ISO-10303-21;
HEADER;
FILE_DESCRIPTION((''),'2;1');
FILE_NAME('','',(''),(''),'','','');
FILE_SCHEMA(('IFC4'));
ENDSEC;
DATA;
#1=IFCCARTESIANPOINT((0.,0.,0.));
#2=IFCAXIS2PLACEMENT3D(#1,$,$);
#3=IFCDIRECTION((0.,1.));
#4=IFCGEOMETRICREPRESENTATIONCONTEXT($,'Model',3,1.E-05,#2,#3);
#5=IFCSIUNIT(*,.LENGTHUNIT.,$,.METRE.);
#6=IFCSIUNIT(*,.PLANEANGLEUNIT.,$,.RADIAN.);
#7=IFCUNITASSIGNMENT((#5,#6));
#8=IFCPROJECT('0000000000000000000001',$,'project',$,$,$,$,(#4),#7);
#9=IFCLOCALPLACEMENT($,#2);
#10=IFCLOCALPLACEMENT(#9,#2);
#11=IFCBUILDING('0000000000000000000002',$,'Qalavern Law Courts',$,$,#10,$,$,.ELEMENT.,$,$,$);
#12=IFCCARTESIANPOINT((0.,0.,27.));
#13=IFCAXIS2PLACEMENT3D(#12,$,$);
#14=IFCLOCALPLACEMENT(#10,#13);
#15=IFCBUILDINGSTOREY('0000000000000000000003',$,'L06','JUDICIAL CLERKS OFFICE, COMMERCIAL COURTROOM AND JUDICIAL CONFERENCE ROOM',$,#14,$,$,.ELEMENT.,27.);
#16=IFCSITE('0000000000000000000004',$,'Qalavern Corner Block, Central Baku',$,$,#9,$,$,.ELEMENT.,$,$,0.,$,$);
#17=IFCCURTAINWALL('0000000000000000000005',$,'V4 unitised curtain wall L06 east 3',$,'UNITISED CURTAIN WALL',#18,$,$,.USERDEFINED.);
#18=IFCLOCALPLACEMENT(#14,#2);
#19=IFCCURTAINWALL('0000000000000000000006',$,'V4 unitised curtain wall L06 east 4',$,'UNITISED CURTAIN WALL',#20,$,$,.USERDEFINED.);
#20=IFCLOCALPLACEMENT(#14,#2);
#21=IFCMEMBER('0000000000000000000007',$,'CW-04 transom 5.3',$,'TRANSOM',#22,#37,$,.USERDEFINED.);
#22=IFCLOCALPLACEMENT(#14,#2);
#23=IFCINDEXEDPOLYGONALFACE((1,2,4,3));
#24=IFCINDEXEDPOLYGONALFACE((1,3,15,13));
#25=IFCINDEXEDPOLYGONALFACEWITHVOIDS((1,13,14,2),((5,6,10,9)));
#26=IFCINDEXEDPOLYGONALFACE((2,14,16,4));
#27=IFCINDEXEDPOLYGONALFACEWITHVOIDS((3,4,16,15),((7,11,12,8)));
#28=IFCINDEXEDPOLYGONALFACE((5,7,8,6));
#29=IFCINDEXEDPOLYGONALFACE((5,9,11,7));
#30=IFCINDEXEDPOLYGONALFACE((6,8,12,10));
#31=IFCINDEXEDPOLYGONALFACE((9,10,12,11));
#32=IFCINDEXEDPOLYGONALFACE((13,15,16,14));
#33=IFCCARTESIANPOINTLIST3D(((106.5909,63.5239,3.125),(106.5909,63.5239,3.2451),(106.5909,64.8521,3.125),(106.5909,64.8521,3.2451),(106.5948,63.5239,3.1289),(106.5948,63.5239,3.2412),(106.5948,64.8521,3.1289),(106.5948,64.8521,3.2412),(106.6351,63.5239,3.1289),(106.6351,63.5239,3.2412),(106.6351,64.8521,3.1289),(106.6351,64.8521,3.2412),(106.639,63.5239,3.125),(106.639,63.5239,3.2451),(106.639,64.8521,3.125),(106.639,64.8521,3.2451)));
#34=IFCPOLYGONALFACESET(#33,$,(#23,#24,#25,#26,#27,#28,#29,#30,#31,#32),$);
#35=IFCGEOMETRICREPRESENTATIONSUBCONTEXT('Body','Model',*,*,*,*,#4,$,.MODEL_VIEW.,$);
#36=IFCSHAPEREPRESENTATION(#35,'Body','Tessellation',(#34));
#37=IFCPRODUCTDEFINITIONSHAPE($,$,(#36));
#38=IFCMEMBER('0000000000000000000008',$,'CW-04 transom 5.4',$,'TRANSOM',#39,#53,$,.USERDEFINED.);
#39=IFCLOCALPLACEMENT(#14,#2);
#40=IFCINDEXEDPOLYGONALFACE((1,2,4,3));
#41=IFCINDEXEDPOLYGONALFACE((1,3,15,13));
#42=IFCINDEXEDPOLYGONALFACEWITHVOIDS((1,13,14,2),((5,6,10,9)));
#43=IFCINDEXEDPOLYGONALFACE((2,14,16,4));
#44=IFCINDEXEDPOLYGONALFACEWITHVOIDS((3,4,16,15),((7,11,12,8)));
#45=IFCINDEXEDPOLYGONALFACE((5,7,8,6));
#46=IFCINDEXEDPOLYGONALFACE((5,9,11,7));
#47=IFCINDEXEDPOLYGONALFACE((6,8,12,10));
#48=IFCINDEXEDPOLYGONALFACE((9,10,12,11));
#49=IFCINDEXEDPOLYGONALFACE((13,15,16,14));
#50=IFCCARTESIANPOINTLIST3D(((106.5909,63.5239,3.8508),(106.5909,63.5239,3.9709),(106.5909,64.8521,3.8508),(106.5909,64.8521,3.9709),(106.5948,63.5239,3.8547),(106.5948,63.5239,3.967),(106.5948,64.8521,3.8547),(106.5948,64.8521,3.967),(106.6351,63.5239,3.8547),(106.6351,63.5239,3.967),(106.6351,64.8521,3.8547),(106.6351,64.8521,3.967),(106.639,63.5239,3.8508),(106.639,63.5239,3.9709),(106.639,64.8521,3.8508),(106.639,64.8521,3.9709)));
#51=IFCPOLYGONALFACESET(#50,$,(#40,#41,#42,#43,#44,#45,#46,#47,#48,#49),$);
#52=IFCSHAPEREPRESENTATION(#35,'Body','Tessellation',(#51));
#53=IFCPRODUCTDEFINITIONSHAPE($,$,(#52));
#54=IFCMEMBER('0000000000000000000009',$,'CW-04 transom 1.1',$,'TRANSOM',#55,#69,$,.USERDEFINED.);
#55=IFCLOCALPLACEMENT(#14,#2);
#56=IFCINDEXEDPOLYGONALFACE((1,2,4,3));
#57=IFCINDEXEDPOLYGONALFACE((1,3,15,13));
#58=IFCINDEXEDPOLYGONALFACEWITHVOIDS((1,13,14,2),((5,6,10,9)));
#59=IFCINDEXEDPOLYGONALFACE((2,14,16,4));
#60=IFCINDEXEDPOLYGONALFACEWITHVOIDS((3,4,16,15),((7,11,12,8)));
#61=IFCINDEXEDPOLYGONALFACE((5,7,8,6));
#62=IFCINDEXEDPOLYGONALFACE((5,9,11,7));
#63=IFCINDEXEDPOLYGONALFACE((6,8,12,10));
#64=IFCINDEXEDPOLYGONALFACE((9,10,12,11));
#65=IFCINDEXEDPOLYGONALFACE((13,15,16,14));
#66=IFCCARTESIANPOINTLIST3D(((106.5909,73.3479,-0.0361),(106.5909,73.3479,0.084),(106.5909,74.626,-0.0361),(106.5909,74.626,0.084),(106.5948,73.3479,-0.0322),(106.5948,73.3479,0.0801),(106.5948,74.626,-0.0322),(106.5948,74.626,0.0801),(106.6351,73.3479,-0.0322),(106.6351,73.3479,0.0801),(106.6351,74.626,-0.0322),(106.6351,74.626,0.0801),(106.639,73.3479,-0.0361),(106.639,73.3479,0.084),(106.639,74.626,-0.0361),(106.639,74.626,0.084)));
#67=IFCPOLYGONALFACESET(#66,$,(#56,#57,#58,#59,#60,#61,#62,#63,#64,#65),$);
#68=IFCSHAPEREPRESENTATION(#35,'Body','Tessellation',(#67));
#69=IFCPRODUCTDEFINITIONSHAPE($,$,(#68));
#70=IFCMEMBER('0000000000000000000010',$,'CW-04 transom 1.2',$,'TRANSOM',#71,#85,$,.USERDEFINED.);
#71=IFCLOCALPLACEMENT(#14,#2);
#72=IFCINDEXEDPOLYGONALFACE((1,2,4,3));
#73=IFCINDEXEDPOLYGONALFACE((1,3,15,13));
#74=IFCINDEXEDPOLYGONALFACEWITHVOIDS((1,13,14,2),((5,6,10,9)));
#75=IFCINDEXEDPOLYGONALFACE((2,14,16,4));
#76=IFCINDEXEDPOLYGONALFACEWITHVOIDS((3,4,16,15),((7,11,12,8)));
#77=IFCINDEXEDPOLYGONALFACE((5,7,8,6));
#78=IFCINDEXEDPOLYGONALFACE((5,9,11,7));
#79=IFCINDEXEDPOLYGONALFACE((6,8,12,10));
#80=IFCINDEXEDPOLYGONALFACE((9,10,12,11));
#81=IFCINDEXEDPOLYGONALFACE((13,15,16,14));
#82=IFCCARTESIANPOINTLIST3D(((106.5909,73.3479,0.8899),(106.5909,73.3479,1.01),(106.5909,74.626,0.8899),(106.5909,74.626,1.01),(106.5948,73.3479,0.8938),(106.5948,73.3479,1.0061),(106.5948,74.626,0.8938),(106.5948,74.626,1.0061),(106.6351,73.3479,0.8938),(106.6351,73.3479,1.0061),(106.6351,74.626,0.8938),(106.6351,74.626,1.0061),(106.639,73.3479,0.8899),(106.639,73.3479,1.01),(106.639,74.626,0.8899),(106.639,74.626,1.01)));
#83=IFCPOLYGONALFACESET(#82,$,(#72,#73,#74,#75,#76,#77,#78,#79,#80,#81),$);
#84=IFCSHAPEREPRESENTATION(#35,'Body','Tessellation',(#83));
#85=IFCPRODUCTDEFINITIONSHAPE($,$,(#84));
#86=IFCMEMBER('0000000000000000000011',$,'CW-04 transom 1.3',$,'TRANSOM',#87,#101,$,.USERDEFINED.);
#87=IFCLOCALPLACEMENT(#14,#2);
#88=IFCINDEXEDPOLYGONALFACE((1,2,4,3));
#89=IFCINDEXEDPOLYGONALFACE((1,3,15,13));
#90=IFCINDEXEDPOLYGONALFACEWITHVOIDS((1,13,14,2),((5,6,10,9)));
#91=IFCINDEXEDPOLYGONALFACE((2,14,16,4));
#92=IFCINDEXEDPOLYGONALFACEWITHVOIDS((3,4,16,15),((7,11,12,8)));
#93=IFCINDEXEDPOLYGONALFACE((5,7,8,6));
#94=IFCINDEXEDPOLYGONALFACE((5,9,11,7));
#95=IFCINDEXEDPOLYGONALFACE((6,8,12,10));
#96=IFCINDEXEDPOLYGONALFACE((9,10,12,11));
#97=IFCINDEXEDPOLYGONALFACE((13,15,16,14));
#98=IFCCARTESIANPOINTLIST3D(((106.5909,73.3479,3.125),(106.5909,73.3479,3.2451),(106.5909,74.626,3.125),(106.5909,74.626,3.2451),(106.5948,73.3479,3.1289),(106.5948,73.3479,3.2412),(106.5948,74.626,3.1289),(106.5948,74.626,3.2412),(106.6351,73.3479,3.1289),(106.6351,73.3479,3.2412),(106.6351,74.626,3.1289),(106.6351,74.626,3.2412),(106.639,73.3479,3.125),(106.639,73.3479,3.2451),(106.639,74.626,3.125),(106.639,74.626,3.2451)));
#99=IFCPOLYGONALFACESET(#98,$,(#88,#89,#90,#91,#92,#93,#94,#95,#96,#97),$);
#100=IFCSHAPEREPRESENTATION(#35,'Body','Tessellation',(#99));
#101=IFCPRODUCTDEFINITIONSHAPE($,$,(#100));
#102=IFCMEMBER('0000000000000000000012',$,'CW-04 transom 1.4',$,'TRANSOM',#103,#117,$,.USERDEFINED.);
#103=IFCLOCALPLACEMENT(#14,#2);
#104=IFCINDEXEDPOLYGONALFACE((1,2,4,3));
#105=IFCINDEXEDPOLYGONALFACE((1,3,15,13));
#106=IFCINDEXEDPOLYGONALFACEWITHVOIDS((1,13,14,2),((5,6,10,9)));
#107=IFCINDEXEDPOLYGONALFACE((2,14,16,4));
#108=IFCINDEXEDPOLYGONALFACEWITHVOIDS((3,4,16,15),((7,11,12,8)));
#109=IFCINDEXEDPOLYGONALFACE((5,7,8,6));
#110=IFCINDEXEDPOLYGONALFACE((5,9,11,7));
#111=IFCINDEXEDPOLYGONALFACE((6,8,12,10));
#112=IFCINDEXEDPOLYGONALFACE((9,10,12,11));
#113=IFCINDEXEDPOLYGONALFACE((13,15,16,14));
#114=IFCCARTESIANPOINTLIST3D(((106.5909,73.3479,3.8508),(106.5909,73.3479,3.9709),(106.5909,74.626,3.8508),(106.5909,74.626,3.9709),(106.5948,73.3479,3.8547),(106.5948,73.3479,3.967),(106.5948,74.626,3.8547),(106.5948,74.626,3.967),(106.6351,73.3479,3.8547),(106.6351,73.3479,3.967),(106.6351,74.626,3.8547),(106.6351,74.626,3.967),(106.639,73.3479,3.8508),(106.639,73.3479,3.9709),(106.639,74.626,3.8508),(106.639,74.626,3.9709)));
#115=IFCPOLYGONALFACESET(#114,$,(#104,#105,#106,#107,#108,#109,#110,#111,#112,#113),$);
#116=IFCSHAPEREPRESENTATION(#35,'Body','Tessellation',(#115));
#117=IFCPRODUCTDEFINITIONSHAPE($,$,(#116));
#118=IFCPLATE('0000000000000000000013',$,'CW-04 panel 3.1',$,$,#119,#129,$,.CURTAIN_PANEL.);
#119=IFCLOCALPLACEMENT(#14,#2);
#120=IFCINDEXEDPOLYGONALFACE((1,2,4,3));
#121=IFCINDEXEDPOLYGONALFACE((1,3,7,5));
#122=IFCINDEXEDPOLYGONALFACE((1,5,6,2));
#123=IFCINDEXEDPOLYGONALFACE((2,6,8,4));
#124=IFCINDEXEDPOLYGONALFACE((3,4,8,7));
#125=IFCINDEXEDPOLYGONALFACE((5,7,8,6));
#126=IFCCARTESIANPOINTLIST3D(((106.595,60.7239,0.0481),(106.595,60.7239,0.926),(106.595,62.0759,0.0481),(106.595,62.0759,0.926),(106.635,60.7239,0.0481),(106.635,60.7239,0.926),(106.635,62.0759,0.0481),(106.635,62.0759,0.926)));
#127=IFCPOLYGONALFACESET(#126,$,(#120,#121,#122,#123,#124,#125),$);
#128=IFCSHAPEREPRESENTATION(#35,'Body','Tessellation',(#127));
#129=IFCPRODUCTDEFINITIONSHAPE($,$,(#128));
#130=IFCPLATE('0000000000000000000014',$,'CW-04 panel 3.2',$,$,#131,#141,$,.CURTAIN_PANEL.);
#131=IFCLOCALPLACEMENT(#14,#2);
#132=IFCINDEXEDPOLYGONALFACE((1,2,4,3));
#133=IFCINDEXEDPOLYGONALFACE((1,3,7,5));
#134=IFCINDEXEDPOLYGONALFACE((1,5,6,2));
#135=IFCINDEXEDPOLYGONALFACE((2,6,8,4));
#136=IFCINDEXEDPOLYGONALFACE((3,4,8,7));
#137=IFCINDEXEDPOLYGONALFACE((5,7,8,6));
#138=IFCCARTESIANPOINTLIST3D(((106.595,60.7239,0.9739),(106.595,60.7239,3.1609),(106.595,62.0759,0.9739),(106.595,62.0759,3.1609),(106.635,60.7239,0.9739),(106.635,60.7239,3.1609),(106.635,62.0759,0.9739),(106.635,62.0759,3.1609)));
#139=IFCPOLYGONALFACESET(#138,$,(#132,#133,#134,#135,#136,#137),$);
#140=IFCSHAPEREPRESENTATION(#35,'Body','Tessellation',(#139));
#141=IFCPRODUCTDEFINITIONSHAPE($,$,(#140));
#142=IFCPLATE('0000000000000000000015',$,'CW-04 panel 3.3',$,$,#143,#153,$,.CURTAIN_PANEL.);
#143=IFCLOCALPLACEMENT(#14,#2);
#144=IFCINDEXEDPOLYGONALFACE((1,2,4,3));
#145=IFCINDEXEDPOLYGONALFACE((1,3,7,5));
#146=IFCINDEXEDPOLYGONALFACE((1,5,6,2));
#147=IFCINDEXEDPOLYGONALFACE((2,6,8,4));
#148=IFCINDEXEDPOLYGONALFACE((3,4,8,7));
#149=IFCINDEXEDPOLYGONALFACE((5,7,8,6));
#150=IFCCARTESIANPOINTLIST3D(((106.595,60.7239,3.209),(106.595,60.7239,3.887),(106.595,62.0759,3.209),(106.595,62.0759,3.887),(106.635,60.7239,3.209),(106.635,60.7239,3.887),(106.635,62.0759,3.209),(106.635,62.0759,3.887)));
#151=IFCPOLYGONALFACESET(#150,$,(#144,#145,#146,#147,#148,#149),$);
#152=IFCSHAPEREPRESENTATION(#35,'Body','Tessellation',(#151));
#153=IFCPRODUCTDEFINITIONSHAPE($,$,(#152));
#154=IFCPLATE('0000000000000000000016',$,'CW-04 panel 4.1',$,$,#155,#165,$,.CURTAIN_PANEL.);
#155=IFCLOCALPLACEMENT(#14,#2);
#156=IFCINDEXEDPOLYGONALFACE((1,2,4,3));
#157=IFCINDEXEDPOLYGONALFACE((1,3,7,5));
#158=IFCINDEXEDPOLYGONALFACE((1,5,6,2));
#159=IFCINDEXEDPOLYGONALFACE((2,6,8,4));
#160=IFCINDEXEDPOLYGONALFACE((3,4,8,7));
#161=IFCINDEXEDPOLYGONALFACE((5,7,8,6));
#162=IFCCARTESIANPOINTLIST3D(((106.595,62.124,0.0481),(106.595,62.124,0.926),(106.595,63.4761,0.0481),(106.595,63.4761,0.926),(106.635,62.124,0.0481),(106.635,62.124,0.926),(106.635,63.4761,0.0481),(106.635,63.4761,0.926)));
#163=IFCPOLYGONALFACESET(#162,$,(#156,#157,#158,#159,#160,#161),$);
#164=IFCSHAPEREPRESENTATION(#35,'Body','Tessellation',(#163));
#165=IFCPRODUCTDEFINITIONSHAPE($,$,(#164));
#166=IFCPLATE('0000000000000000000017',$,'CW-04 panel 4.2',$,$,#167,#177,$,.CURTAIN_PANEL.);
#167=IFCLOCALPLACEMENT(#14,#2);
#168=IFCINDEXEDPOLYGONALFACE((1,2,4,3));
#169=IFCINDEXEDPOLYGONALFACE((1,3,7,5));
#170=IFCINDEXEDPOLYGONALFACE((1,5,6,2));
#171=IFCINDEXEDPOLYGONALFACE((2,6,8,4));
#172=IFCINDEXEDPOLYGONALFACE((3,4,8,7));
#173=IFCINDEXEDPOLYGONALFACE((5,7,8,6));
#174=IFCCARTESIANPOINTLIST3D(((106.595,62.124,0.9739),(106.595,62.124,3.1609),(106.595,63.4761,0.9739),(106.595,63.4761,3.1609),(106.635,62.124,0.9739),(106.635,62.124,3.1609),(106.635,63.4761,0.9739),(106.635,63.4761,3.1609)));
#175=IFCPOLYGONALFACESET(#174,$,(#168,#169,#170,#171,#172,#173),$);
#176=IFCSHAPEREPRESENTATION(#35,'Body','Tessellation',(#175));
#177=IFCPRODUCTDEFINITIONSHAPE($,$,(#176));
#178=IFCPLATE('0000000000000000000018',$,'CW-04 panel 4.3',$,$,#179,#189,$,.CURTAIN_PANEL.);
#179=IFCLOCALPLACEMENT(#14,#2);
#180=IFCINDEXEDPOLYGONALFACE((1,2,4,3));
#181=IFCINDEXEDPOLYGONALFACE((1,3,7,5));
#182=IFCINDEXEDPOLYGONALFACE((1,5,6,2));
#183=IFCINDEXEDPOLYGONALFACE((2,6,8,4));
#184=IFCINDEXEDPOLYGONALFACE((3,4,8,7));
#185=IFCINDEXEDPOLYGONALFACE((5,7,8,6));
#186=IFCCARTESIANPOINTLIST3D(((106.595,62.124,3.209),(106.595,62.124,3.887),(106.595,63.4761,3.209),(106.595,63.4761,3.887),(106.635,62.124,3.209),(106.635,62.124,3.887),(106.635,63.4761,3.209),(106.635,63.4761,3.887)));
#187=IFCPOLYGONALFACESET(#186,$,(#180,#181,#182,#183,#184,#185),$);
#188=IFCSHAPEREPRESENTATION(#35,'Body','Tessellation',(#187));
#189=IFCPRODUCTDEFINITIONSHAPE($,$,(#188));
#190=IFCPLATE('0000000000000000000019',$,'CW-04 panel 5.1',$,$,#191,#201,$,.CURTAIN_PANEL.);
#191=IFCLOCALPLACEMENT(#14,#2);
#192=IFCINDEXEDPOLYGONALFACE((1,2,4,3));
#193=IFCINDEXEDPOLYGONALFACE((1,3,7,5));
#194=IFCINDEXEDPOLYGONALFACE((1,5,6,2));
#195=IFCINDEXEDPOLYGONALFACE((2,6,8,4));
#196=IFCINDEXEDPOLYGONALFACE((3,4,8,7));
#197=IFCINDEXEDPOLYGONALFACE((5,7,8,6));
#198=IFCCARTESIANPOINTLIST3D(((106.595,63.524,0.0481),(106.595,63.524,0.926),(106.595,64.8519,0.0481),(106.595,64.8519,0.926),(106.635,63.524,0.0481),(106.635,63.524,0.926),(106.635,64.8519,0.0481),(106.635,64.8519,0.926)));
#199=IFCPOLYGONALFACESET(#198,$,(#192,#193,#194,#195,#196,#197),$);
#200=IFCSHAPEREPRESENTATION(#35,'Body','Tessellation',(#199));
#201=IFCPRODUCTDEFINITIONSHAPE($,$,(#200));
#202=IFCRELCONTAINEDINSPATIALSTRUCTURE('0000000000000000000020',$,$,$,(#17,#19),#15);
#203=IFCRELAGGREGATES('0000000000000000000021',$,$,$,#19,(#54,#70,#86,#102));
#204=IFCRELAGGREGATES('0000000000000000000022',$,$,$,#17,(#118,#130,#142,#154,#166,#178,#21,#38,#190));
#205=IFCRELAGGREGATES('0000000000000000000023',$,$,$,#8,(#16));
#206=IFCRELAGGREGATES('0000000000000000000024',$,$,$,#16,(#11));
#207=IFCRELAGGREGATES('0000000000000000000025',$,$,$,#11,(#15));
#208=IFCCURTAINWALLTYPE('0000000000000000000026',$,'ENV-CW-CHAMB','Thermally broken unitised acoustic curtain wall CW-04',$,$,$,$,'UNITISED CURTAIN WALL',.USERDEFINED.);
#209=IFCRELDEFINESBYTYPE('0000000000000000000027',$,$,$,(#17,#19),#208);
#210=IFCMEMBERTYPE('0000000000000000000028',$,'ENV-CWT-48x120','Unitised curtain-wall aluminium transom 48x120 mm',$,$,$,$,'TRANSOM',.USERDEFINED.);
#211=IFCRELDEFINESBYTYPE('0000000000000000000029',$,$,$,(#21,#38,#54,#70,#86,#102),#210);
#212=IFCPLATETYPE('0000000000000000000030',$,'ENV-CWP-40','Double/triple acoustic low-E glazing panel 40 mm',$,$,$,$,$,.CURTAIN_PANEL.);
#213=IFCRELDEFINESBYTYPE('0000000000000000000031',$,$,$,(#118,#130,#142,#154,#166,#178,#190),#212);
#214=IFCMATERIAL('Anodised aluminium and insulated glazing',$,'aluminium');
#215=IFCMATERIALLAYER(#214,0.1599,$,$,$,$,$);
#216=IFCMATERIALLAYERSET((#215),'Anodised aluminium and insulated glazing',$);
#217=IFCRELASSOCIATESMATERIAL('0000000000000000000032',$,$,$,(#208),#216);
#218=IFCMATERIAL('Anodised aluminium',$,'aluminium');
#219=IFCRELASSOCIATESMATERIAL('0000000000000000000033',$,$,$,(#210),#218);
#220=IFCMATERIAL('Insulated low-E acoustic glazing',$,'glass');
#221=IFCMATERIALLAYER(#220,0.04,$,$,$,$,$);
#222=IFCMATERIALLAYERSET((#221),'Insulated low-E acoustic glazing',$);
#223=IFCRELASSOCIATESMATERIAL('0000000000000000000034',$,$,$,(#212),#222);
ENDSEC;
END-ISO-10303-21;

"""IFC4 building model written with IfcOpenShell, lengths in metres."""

from ifc_helpers import new_model, si_unit, direction, frame, origin, origin_2d, place, context, subcontext, project, spatial, rectangle, hollow_rectangle, extrude, material, layer, layer_set, material_profile, profile_set, type_object, element, aggregate, save


model = new_model("IFC4")

# Units and contexts
model_context = context("Model", 3, precision=1e-05, world=origin(), true_north=direction((0.0, 1.0)))
body_context = subcontext(model_context, "Body", "Model", "MODEL_VIEW")
ifc_project = project(units=[si_unit("LENGTHUNIT", "METRE"), si_unit("PLANEANGLEUNIT", "RADIAN")], contexts=[model_context])

# Site, building, storey
site_placement = place(None, origin())
site = spatial("IfcSite", under=ifc_project, at=site_placement, Name="Qalavern Corner Block, Central Baku", CompositionType="ELEMENT", RefElevation=0.0)
building_placement = place(site_placement, origin())
building = spatial("IfcBuilding", under=site, at=building_placement, Name="Qalavern Law Courts", CompositionType="ELEMENT")
storey_placement = place(building_placement, frame((0.0, 0.0, 27.0)))
storey = spatial("IfcBuildingStorey", under=building, at=storey_placement, Name="L06", Description="JUDICIAL CLERKS OFFICE, COMMERCIAL COURTROOM AND JUDICIAL CONFERENCE ROOM", CompositionType="ELEMENT", Elevation=27.0)

# Curtain wall
ifc_material_1 = material(Name="Anodised aluminium and insulated glazing", Category="aluminium")
ifc_layer_1 = layer(ifc_material_1, 0.1599)
ifc_layer_set_1 = layer_set([ifc_layer_1], Name="Anodised aluminium and insulated glazing")
curtain_wall_type = type_object("IfcCurtainWallType", Name="ENV-CW-CHAMB", Description="Thermally broken unitised acoustic curtain wall CW-04", ElementType="UNITISED CURTAIN WALL", PredefinedType="USERDEFINED", material=ifc_layer_set_1)
curtain_wall_1_placement = place(storey_placement, origin())
curtain_wall_1 = element("IfcCurtainWall", 1, at=curtain_wall_1_placement, inside=storey, type_object=curtain_wall_type, Name="V4 unitised curtain wall L06 east 3", ObjectType="UNITISED CURTAIN WALL", PredefinedType="USERDEFINED")
ifc_material_2 = material(Name="Anodised aluminium", Category="aluminium")

# Curtain wall
curtain_wall_2_placement = place(storey_placement, origin())
curtain_wall_2 = element("IfcCurtainWall", 2, at=curtain_wall_2_placement, inside=storey, type_object=curtain_wall_type, Name="V4 unitised curtain wall L06 east 4", ObjectType="UNITISED CURTAIN WALL", PredefinedType="USERDEFINED")

# Members
ifc_material_profile_1 = material_profile(ifc_material_2, hollow_rectangle(XDim=0.0481, YDim=0.1201, WallThickness=0.0039, at=origin_2d()), Name="ALU TRANSOM 48x120")
ifc_profile_set_1 = profile_set([ifc_material_profile_1], Name="Anodised aluminium")
member_type_1 = type_object("IfcMemberType", Name="ENV-CWT-48x120", Description="Unitised curtain-wall aluminium transom 48x120 mm", ElementType="TRANSOM", PredefinedType="USERDEFINED", material=ifc_profile_set_1)
member_1_placement = place(storey_placement, frame((106.615, 63.5239, 3.1851), z_axis=(0.0, 1.0, 0.0), x_axis=(-1.0, 0.0, 0.0)))
member_1 = element("IfcMember", 3, at=member_1_placement, type_object=member_type_1, Name="CW-04 transom 5.3", ObjectType="TRANSOM", PredefinedType="USERDEFINED", context=body_context, shape_type="SweptSolid", body=[
    extrude(hollow_rectangle(XDim=0.0481, YDim=0.1201, WallThickness=0.0039, at=origin_2d()), origin(), (0.0, 0.0, 1.0), 1.3281),
])
member_2_placement = place(storey_placement, frame((106.615, 63.5239, 3.9109), z_axis=(0.0, 1.0, 0.0), x_axis=(-1.0, 0.0, 0.0)))
member_2 = element("IfcMember", 4, at=member_2_placement, type_object=member_type_1, Name="CW-04 transom 5.4", ObjectType="TRANSOM", PredefinedType="USERDEFINED", context=body_context, shape_type="SweptSolid", body=[
    extrude(hollow_rectangle(XDim=0.0481, YDim=0.1201, WallThickness=0.0039, at=origin_2d()), origin(), (0.0, 0.0, 1.0), 1.3281),
])
member_3_placement = place(storey_placement, frame((106.615, 73.3479, 0.0239), z_axis=(0.0, 1.0, 0.0), x_axis=(-1.0, 0.0, 0.0)))
member_3 = element("IfcMember", 5, at=member_3_placement, type_object=member_type_1, Name="CW-04 transom 1.1", ObjectType="TRANSOM", PredefinedType="USERDEFINED", context=body_context, shape_type="SweptSolid", body=[
    extrude(hollow_rectangle(XDim=0.0481, YDim=0.1201, WallThickness=0.0039, at=origin_2d()), origin(), (0.0, 0.0, 1.0), 1.2781),
])
member_4_placement = place(storey_placement, frame((106.615, 73.3479, 0.95), z_axis=(0.0, 1.0, 0.0), x_axis=(-1.0, 0.0, 0.0)))
member_4 = element("IfcMember", 6, at=member_4_placement, type_object=member_type_1, Name="CW-04 transom 1.2", ObjectType="TRANSOM", PredefinedType="USERDEFINED", context=body_context, shape_type="SweptSolid", body=[
    extrude(hollow_rectangle(XDim=0.0481, YDim=0.1201, WallThickness=0.0039, at=origin_2d()), origin(), (0.0, 0.0, 1.0), 1.2781),
])
member_5_placement = place(storey_placement, frame((106.615, 73.3479, 3.1851), z_axis=(0.0, 1.0, 0.0), x_axis=(-1.0, 0.0, 0.0)))
member_5 = element("IfcMember", 7, at=member_5_placement, type_object=member_type_1, Name="CW-04 transom 1.3", ObjectType="TRANSOM", PredefinedType="USERDEFINED", context=body_context, shape_type="SweptSolid", body=[
    extrude(hollow_rectangle(XDim=0.0481, YDim=0.1201, WallThickness=0.0039, at=origin_2d()), origin(), (0.0, 0.0, 1.0), 1.2781),
])
member_6_placement = place(storey_placement, frame((106.615, 73.3479, 3.9109), z_axis=(0.0, 1.0, 0.0), x_axis=(-1.0, 0.0, 0.0)))
member_6 = element("IfcMember", 8, at=member_6_placement, type_object=member_type_1, Name="CW-04 transom 1.4", ObjectType="TRANSOM", PredefinedType="USERDEFINED", context=body_context, shape_type="SweptSolid", body=[
    extrude(hollow_rectangle(XDim=0.0481, YDim=0.1201, WallThickness=0.0039, at=origin_2d()), origin(), (0.0, 0.0, 1.0), 1.2781),
])
aggregate(curtain_wall_2, [member_3, member_4, member_5, member_6])

# Plates
ifc_material_3 = material(Name="Insulated low-E acoustic glazing", Category="glass")
ifc_layer_2 = layer(ifc_material_3, 0.04)
ifc_layer_set_2 = layer_set([ifc_layer_2], Name="Insulated low-E acoustic glazing")
plate_type = type_object("IfcPlateType", Name="ENV-CWP-40", Description="Double/triple acoustic low-E glazing panel 40 mm", PredefinedType="CURTAIN_PANEL", material=ifc_layer_set_2)
plate_1_placement = place(storey_placement, frame((106.615, 61.3999, 0.0481), z_axis=(0.0, 0.0, 1.0), x_axis=(0.0, 1.0, 0.0)))
plate_1 = element("IfcPlate", 9, at=plate_1_placement, type_object=plate_type, Name="CW-04 panel 3.1", PredefinedType="CURTAIN_PANEL", context=body_context, shape_type="SweptSolid", body=[
    extrude(rectangle(XDim=1.3521, YDim=0.04, at=origin_2d()), origin(), (0.0, 0.0, 1.0), 0.8779),
])
plate_2_placement = place(storey_placement, frame((106.615, 61.3999, 0.9739), z_axis=(0.0, 0.0, 1.0), x_axis=(0.0, 1.0, 0.0)))
plate_2 = element("IfcPlate", 10, at=plate_2_placement, type_object=plate_type, Name="CW-04 panel 3.2", PredefinedType="CURTAIN_PANEL", context=body_context, shape_type="SweptSolid", body=[
    extrude(rectangle(XDim=1.3521, YDim=0.04, at=origin_2d()), origin(), (0.0, 0.0, 1.0), 2.187),
])
plate_3_placement = place(storey_placement, frame((106.615, 61.3999, 3.209), z_axis=(0.0, 0.0, 1.0), x_axis=(0.0, 1.0, 0.0)))
plate_3 = element("IfcPlate", 11, at=plate_3_placement, type_object=plate_type, Name="CW-04 panel 3.3", PredefinedType="CURTAIN_PANEL", context=body_context, shape_type="SweptSolid", body=[
    extrude(rectangle(XDim=1.3521, YDim=0.04, at=origin_2d()), origin(), (0.0, 0.0, 1.0), 0.678),
])
plate_4_placement = place(storey_placement, frame((106.615, 62.8, 0.0481), z_axis=(0.0, 0.0, 1.0), x_axis=(0.0, 1.0, 0.0)))
plate_4 = element("IfcPlate", 12, at=plate_4_placement, type_object=plate_type, Name="CW-04 panel 4.1", PredefinedType="CURTAIN_PANEL", context=body_context, shape_type="SweptSolid", body=[
    extrude(rectangle(XDim=1.3521, YDim=0.04, at=origin_2d()), origin(), (0.0, 0.0, 1.0), 0.8779),
])
plate_5_placement = place(storey_placement, frame((106.615, 62.8, 0.9739), z_axis=(0.0, 0.0, 1.0), x_axis=(0.0, 1.0, 0.0)))
plate_5 = element("IfcPlate", 13, at=plate_5_placement, type_object=plate_type, Name="CW-04 panel 4.2", PredefinedType="CURTAIN_PANEL", context=body_context, shape_type="SweptSolid", body=[
    extrude(rectangle(XDim=1.3521, YDim=0.04, at=origin_2d()), origin(), (0.0, 0.0, 1.0), 2.187),
])
plate_6_placement = place(storey_placement, frame((106.615, 62.8, 3.209), z_axis=(0.0, 0.0, 1.0), x_axis=(0.0, 1.0, 0.0)))
plate_6 = element("IfcPlate", 14, at=plate_6_placement, type_object=plate_type, Name="CW-04 panel 4.3", PredefinedType="CURTAIN_PANEL", context=body_context, shape_type="SweptSolid", body=[
    extrude(rectangle(XDim=1.3521, YDim=0.04, at=origin_2d()), origin(), (0.0, 0.0, 1.0), 0.678),
])
plate_7_placement = place(storey_placement, frame((106.615, 64.188, 0.0481), z_axis=(0.0, 0.0, 1.0), x_axis=(0.0, 1.0, 0.0)))
plate_7 = element("IfcPlate", 15, at=plate_7_placement, type_object=plate_type, Name="CW-04 panel 5.1", PredefinedType="CURTAIN_PANEL", context=body_context, shape_type="SweptSolid", body=[
    extrude(rectangle(XDim=1.3279, YDim=0.04, at=origin_2d()), origin(), (0.0, 0.0, 1.0), 0.8779),
])
aggregate(curtain_wall_1, [plate_1, plate_2, plate_3, plate_4, plate_5, plate_6, member_1, member_2, plate_7])

save(model, "model.ifc")
